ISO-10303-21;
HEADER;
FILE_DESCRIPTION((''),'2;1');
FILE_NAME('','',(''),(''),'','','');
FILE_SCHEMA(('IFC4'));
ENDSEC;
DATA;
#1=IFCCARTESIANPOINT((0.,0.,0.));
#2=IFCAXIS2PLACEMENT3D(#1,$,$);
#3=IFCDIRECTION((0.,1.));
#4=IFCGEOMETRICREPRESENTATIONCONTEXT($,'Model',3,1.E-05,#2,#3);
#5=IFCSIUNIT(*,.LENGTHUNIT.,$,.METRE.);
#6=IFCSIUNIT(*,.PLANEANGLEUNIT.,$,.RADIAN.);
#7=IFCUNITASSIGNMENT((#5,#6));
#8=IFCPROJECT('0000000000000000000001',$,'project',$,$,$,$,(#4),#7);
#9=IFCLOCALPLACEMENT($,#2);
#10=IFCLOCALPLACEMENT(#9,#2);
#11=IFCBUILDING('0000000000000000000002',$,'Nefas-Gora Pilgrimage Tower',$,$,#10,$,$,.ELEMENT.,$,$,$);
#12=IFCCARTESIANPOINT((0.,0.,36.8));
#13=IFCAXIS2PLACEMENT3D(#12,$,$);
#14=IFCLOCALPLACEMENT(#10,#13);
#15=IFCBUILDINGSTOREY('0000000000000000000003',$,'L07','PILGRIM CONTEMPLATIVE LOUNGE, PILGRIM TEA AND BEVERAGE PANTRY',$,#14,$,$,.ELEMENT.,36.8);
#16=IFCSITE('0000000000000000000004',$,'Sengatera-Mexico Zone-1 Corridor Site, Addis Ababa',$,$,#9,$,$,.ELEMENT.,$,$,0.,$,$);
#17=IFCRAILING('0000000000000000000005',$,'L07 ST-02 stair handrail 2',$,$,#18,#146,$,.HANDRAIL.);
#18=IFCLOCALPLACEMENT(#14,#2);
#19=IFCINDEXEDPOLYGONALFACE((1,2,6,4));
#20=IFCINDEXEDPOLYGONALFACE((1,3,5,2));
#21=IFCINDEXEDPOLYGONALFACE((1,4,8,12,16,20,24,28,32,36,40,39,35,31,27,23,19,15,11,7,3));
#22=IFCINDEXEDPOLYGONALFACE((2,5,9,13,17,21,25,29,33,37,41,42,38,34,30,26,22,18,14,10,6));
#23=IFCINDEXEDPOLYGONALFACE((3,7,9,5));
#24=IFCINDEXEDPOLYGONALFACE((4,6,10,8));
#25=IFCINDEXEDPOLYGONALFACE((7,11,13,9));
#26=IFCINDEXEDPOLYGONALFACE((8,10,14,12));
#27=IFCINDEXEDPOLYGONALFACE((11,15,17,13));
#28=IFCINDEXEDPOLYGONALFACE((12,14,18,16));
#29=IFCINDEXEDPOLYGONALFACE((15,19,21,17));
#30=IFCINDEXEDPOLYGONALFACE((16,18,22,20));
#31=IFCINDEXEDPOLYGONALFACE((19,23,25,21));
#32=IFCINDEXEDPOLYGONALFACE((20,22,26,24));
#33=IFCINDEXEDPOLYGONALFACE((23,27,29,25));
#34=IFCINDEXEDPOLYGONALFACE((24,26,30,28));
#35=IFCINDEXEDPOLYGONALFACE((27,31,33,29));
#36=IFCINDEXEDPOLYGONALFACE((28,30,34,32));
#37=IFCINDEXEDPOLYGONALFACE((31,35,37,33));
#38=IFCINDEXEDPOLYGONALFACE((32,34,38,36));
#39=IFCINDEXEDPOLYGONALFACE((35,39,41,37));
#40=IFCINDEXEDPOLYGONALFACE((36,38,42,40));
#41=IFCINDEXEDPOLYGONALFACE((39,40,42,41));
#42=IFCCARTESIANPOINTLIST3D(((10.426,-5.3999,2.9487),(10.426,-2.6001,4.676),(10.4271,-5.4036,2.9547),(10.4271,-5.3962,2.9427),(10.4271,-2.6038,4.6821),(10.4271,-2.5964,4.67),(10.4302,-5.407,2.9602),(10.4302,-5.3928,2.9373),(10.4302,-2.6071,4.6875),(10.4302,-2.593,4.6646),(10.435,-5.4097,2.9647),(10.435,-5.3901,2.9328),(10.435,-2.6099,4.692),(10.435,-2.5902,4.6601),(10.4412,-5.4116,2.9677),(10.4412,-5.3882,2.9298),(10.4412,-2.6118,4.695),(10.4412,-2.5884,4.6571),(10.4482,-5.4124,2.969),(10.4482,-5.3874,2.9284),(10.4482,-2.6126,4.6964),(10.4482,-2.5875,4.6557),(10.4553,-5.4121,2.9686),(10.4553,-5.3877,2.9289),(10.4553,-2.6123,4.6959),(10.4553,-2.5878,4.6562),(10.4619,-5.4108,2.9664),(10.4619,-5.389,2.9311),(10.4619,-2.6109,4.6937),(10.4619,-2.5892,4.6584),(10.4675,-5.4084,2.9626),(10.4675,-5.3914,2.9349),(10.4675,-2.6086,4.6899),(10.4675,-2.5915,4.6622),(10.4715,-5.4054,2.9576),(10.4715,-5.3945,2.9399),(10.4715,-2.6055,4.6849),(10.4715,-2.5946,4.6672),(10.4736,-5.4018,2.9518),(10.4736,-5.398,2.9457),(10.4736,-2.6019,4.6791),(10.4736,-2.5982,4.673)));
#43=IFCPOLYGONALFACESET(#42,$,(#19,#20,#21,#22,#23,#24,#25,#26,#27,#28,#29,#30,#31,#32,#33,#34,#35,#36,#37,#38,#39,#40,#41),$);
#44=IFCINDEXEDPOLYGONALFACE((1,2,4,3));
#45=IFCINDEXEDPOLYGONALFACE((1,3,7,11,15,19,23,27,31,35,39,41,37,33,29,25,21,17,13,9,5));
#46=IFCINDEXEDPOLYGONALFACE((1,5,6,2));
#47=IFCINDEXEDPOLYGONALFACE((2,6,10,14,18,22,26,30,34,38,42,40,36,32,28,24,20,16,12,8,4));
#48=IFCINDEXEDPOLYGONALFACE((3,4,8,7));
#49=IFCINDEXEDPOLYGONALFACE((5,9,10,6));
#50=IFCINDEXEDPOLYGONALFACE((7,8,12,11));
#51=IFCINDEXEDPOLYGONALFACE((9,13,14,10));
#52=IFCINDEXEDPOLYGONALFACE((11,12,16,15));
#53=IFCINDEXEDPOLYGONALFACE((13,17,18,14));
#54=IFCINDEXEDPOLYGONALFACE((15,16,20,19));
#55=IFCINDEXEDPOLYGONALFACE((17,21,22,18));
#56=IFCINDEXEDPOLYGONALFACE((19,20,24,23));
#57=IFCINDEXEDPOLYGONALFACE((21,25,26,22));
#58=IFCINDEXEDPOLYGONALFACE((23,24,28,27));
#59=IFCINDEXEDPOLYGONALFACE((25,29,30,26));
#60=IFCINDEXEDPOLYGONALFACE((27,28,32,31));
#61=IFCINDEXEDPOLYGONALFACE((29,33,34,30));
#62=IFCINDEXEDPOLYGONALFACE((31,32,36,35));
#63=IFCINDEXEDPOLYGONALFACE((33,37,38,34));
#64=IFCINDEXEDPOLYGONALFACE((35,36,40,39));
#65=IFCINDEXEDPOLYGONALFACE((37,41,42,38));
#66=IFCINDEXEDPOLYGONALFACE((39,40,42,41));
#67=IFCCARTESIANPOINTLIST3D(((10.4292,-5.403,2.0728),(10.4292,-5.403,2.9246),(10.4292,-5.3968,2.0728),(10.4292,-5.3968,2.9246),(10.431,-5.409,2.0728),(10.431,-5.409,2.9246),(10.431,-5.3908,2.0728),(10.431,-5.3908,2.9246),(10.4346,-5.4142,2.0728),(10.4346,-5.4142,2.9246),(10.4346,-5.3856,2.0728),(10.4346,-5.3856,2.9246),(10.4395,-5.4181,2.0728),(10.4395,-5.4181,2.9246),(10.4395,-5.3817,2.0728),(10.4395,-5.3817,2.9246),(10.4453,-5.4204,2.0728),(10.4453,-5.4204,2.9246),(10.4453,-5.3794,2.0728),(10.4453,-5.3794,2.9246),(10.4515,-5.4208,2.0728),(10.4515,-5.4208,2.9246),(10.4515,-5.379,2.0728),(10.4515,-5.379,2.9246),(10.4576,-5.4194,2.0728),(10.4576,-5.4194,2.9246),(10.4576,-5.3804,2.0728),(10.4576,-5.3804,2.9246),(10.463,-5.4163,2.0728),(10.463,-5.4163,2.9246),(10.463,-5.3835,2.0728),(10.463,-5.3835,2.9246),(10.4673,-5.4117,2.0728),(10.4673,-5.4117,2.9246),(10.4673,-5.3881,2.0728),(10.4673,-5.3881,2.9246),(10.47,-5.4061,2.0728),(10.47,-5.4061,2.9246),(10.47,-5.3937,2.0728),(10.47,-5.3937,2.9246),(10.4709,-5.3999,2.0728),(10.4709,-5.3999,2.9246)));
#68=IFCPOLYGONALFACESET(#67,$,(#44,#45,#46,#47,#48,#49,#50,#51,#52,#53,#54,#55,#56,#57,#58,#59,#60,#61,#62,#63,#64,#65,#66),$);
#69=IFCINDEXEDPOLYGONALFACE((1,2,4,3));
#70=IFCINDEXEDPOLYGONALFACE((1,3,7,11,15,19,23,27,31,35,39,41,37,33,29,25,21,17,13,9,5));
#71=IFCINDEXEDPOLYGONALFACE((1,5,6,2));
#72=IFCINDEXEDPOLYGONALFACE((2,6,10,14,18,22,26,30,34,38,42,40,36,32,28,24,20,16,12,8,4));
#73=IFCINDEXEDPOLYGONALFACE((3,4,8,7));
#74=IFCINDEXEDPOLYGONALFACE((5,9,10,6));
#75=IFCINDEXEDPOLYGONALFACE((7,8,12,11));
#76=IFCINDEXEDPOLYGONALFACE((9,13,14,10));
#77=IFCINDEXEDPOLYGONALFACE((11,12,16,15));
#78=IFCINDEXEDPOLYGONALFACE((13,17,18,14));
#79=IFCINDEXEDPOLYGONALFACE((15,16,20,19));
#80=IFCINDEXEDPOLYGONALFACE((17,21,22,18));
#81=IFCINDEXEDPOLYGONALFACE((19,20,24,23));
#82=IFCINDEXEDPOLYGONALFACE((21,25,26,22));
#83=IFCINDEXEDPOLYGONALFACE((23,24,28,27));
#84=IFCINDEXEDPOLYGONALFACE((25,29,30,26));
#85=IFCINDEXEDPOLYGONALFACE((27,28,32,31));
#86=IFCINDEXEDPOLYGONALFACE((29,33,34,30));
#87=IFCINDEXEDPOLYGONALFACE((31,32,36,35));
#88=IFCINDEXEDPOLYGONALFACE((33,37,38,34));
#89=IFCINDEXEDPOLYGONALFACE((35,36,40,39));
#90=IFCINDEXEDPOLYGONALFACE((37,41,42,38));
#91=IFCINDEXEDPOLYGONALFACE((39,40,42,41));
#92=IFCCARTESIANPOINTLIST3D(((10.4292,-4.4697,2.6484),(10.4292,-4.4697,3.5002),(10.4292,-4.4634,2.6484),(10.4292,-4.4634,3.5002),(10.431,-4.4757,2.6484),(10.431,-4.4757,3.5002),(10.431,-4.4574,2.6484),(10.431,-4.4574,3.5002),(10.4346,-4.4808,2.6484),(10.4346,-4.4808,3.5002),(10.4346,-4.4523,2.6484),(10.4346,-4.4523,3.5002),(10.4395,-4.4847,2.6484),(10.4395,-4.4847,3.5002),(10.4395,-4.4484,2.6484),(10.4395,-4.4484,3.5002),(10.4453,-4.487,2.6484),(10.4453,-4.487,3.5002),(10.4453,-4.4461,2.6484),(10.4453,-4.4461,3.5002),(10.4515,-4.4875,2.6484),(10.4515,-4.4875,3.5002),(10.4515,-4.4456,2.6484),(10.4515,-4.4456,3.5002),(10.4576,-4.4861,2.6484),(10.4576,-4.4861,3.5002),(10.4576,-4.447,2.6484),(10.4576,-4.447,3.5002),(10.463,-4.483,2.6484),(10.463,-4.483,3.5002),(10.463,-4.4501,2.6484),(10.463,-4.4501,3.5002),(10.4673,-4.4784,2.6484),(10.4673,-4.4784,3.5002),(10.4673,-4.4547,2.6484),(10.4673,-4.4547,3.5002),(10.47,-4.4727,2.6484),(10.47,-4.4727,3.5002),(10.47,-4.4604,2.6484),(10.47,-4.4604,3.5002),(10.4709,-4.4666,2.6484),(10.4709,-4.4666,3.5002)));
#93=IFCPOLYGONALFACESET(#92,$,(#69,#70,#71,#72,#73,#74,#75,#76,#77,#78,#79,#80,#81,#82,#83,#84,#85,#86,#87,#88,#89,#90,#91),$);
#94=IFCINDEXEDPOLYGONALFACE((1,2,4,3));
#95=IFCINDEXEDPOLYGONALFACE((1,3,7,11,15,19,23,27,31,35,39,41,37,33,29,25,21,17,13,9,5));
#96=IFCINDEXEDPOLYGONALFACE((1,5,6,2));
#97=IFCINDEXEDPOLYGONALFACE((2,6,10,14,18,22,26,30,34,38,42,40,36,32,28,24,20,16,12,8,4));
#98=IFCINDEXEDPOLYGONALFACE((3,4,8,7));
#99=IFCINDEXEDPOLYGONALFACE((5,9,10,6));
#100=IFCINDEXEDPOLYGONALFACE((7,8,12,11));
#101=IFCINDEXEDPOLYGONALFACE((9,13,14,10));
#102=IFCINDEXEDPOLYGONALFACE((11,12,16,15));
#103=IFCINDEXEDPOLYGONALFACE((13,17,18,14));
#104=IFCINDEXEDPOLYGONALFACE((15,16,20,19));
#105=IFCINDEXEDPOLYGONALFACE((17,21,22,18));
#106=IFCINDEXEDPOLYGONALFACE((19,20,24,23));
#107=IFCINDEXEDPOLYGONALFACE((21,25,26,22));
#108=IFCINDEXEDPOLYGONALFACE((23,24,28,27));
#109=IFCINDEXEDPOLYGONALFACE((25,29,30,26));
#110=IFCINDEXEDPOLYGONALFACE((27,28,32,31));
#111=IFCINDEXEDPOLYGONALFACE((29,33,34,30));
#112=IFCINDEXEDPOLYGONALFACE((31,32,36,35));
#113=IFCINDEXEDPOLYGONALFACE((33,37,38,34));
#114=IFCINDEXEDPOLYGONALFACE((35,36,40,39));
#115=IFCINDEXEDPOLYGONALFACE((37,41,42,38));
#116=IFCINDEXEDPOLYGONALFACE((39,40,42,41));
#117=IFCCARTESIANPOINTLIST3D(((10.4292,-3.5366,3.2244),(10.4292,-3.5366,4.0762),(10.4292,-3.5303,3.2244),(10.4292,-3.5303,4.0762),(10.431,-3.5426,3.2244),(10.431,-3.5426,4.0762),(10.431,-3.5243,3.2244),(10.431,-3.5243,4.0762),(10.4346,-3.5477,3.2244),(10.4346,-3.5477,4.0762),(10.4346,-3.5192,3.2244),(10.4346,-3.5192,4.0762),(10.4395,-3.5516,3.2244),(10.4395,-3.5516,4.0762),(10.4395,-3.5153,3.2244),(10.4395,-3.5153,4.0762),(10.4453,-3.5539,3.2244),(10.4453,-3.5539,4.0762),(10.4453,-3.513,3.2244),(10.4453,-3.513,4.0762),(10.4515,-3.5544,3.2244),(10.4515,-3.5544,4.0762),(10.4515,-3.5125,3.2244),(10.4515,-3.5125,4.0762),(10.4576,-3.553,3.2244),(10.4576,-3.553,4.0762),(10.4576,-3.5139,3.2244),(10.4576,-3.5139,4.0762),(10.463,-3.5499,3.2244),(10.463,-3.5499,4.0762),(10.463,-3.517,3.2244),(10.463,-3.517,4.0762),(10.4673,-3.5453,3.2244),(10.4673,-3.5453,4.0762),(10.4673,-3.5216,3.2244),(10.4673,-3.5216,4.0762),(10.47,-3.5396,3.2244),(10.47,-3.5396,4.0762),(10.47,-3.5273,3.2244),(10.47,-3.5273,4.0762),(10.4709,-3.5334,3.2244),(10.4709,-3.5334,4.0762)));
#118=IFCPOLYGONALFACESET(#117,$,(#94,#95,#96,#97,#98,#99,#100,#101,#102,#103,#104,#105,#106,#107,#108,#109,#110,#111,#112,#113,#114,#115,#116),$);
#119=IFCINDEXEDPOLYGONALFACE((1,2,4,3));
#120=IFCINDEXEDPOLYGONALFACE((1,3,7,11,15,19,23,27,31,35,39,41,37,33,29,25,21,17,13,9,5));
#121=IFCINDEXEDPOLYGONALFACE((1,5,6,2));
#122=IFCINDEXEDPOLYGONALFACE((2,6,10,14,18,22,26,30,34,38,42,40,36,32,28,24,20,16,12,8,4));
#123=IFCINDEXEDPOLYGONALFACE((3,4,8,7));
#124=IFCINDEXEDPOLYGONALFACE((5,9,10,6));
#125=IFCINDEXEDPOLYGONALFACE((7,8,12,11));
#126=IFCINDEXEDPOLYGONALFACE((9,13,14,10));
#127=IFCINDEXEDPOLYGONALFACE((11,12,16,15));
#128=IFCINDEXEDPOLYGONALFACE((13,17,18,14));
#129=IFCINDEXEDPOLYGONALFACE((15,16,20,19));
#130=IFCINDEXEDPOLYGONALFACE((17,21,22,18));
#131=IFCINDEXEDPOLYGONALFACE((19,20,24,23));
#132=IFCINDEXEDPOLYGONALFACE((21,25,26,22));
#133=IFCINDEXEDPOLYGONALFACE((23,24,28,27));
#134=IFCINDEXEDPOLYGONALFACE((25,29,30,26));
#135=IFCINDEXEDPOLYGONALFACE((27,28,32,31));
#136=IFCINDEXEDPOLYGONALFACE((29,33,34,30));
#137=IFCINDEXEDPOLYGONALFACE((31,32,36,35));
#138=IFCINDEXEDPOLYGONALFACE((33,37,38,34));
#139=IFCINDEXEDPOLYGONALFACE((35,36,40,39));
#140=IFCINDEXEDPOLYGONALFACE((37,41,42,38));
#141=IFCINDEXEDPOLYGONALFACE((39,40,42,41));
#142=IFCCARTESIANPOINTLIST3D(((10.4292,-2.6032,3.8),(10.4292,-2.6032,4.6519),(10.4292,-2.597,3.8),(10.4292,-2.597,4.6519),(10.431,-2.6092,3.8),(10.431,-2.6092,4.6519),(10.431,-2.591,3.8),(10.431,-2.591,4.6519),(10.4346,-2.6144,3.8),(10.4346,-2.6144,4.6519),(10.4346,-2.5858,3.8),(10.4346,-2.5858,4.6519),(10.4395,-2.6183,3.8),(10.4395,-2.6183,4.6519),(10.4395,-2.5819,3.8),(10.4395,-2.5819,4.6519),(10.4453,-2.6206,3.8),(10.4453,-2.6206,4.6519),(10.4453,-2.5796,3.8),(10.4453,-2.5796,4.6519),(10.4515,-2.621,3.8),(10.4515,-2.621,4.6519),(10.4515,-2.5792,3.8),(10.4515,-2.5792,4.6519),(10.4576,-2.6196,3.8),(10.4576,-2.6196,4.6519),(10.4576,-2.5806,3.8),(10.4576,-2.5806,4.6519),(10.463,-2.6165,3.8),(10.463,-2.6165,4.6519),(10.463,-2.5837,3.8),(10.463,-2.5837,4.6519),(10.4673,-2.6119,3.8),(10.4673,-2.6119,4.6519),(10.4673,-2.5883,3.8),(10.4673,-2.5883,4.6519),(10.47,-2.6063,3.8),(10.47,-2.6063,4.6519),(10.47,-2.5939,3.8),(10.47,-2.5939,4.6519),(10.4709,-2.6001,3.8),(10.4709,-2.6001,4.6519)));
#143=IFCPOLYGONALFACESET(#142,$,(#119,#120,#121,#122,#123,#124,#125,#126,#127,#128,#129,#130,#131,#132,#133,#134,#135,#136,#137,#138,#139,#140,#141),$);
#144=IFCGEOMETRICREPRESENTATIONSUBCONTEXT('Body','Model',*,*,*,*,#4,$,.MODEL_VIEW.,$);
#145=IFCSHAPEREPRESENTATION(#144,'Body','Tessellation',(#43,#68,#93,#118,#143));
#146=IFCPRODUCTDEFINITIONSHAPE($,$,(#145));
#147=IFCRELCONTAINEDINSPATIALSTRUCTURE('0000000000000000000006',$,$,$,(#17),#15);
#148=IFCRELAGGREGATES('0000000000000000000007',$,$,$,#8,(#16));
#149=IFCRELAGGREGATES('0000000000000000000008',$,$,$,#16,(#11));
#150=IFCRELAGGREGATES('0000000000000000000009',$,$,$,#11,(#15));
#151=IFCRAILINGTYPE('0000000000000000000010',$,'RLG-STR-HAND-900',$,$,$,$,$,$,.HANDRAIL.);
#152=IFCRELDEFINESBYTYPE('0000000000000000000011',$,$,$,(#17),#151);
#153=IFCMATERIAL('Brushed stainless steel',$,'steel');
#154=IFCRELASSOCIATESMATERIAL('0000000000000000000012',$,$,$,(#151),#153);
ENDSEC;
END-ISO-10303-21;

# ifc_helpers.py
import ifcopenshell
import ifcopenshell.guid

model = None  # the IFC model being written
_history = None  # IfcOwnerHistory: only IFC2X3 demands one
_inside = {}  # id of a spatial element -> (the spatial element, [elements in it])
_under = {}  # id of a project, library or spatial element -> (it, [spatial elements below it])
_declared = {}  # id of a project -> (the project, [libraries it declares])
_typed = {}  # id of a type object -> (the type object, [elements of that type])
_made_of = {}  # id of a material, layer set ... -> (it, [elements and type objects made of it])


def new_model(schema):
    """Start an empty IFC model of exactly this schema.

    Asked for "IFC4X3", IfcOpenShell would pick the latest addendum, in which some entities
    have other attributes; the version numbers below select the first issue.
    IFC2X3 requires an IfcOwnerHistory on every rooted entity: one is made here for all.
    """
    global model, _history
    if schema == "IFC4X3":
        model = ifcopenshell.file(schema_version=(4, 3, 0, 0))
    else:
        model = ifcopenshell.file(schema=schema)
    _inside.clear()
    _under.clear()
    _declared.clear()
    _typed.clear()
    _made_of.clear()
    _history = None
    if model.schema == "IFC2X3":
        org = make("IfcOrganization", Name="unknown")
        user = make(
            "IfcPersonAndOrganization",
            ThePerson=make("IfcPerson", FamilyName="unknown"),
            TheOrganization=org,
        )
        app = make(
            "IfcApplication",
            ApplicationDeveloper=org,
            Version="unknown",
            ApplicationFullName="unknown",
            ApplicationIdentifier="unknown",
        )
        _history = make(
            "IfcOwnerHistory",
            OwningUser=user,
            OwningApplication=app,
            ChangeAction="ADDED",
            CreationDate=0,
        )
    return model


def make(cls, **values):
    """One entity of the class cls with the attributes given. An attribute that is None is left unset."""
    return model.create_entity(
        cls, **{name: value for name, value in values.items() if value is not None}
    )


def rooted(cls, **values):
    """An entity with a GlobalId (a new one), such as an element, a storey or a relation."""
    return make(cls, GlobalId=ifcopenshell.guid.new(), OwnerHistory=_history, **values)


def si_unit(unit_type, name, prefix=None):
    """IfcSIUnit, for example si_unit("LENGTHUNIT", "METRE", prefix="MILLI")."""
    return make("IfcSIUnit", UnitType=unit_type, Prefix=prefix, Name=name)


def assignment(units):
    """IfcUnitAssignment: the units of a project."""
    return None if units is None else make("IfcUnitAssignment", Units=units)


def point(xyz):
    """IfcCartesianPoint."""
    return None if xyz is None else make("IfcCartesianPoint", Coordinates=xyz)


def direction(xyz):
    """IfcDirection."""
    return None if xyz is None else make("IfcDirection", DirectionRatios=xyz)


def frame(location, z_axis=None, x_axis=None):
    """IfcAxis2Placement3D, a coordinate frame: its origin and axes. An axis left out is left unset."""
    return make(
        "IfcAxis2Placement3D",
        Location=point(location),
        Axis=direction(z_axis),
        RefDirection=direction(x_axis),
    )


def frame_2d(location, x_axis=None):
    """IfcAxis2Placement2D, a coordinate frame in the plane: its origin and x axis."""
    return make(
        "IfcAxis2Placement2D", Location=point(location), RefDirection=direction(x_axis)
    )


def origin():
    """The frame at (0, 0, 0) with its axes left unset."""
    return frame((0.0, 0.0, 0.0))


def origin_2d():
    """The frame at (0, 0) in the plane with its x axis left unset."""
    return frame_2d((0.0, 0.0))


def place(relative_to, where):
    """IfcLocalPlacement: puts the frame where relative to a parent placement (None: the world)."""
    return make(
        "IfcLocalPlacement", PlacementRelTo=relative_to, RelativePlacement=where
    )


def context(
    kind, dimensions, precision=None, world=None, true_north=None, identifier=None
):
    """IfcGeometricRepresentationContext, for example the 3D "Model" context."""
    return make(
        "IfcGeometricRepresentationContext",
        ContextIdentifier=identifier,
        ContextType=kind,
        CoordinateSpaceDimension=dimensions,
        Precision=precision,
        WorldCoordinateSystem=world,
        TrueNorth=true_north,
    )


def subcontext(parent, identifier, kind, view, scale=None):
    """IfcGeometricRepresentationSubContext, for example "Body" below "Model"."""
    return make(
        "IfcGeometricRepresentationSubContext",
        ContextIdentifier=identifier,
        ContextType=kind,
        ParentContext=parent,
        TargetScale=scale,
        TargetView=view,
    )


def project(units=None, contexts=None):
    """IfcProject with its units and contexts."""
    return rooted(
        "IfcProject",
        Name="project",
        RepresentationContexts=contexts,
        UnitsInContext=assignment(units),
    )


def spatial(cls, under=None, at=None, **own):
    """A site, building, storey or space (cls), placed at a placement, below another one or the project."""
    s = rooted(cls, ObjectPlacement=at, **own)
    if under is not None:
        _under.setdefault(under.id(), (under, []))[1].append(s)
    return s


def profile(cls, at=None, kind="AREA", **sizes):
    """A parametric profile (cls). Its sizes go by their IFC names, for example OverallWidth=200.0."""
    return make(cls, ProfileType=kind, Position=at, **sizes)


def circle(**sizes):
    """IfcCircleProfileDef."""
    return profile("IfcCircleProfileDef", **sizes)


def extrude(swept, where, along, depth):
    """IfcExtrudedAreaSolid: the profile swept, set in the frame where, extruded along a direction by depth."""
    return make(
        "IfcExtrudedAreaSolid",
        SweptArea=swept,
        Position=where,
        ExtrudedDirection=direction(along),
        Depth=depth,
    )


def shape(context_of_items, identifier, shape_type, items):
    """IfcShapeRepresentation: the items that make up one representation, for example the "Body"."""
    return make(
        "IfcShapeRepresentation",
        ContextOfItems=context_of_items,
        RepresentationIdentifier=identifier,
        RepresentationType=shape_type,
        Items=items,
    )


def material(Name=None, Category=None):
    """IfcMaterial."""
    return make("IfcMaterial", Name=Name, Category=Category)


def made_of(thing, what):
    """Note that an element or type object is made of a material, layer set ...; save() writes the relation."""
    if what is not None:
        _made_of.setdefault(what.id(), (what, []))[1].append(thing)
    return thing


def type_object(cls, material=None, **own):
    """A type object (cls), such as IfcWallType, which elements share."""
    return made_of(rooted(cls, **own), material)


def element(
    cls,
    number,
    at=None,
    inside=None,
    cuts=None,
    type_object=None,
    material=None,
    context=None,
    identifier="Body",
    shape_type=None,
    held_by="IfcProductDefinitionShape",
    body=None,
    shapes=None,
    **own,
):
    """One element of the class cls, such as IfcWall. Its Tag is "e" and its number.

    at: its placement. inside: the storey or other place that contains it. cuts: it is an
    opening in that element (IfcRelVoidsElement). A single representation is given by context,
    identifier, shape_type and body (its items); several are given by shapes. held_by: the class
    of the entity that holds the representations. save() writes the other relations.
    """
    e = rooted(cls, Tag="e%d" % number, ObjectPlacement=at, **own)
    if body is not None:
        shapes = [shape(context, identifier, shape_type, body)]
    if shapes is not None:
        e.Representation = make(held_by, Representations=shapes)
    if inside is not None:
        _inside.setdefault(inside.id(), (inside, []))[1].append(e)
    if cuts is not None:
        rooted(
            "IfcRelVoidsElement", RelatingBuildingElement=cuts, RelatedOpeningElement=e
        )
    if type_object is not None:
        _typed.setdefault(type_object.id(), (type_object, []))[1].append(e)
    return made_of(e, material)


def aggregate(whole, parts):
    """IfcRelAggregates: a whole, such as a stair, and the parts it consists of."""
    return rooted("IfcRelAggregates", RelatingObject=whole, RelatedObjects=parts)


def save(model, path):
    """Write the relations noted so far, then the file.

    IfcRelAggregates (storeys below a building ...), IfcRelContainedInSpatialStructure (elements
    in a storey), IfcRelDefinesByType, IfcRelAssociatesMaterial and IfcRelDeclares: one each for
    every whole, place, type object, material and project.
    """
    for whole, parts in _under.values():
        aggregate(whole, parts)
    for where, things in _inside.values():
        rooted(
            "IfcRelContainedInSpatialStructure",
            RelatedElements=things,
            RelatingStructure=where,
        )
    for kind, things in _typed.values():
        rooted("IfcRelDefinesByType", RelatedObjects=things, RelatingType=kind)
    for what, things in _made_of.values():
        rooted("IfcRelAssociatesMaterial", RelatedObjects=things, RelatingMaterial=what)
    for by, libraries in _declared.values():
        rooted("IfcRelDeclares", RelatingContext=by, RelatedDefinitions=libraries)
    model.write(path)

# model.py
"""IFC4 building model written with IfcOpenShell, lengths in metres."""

from ifc_helpers import new_model, si_unit, direction, frame, origin, origin_2d, place, context, subcontext, project, spatial, circle, extrude, material, type_object, element, save


model = new_model("IFC4")

# Units and contexts
model_context = context("Model", 3, precision=1e-05, world=origin(), true_north=direction((0.0, 1.0)))
body_context = subcontext(model_context, "Body", "Model", "MODEL_VIEW")
ifc_project = project(units=[si_unit("LENGTHUNIT", "METRE"), si_unit("PLANEANGLEUNIT", "RADIAN")], contexts=[model_context])

# Site, building, storey
site_placement = place(None, origin())
site = spatial("IfcSite", under=ifc_project, at=site_placement, Name="Sengatera-Mexico Zone-1 Corridor Site, Addis Ababa", CompositionType="ELEMENT", RefElevation=0.0)
building_placement = place(site_placement, origin())
building = spatial("IfcBuilding", under=site, at=building_placement, Name="Nefas-Gora Pilgrimage Tower", CompositionType="ELEMENT")
storey_placement = place(building_placement, frame((0.0, 0.0, 36.8)))
storey = spatial("IfcBuildingStorey", under=building, at=storey_placement, Name="L07", Description="PILGRIM CONTEMPLATIVE LOUNGE, PILGRIM TEA AND BEVERAGE PANTRY", CompositionType="ELEMENT", Elevation=36.8)

# Railing
ifc_material_1 = material(Name="Brushed stainless steel", Category="steel")
railing_type_1 = type_object("IfcRailingType", Name="RLG-STR-HAND-900", PredefinedType="HANDRAIL", material=ifc_material_1)
railing_1_placement = place(storey_placement, frame((10.45, -5.3999, 2.0728)))
element("IfcRailing", 1, at=railing_1_placement, inside=storey, type_object=railing_type_1, Name="L07 ST-02 stair handrail 2", PredefinedType="HANDRAIL", context=body_context, shape_type="SweptSolid", body=[
    extrude(circle(Radius=0.0239, at=origin_2d()), frame((0.0, 0.0, 0.876), z_axis=(0.0, 0.851069, 0.525054), x_axis=(-1.0, 0.0, 0.0)), (0.0, 0.0, 1.0), 3.2898),
    extrude(circle(Radius=0.021, at=origin_2d()), origin(), (0.0, 0.0, 1.0), 0.8518),
    extrude(circle(Radius=0.021, at=origin_2d()), frame((0.0, 0.9333, 0.5757)), (0.0, 0.0, 1.0), 0.8518),
    extrude(circle(Radius=0.021, at=origin_2d()), frame((0.0, 1.8665, 1.1516)), (0.0, 0.0, 1.0), 0.8518),
    extrude(circle(Radius=0.021, at=origin_2d()), frame((0.0, 2.7998, 1.7273)), (0.0, 0.0, 1.0), 0.8518),
])

save(model, "model.ifc")
